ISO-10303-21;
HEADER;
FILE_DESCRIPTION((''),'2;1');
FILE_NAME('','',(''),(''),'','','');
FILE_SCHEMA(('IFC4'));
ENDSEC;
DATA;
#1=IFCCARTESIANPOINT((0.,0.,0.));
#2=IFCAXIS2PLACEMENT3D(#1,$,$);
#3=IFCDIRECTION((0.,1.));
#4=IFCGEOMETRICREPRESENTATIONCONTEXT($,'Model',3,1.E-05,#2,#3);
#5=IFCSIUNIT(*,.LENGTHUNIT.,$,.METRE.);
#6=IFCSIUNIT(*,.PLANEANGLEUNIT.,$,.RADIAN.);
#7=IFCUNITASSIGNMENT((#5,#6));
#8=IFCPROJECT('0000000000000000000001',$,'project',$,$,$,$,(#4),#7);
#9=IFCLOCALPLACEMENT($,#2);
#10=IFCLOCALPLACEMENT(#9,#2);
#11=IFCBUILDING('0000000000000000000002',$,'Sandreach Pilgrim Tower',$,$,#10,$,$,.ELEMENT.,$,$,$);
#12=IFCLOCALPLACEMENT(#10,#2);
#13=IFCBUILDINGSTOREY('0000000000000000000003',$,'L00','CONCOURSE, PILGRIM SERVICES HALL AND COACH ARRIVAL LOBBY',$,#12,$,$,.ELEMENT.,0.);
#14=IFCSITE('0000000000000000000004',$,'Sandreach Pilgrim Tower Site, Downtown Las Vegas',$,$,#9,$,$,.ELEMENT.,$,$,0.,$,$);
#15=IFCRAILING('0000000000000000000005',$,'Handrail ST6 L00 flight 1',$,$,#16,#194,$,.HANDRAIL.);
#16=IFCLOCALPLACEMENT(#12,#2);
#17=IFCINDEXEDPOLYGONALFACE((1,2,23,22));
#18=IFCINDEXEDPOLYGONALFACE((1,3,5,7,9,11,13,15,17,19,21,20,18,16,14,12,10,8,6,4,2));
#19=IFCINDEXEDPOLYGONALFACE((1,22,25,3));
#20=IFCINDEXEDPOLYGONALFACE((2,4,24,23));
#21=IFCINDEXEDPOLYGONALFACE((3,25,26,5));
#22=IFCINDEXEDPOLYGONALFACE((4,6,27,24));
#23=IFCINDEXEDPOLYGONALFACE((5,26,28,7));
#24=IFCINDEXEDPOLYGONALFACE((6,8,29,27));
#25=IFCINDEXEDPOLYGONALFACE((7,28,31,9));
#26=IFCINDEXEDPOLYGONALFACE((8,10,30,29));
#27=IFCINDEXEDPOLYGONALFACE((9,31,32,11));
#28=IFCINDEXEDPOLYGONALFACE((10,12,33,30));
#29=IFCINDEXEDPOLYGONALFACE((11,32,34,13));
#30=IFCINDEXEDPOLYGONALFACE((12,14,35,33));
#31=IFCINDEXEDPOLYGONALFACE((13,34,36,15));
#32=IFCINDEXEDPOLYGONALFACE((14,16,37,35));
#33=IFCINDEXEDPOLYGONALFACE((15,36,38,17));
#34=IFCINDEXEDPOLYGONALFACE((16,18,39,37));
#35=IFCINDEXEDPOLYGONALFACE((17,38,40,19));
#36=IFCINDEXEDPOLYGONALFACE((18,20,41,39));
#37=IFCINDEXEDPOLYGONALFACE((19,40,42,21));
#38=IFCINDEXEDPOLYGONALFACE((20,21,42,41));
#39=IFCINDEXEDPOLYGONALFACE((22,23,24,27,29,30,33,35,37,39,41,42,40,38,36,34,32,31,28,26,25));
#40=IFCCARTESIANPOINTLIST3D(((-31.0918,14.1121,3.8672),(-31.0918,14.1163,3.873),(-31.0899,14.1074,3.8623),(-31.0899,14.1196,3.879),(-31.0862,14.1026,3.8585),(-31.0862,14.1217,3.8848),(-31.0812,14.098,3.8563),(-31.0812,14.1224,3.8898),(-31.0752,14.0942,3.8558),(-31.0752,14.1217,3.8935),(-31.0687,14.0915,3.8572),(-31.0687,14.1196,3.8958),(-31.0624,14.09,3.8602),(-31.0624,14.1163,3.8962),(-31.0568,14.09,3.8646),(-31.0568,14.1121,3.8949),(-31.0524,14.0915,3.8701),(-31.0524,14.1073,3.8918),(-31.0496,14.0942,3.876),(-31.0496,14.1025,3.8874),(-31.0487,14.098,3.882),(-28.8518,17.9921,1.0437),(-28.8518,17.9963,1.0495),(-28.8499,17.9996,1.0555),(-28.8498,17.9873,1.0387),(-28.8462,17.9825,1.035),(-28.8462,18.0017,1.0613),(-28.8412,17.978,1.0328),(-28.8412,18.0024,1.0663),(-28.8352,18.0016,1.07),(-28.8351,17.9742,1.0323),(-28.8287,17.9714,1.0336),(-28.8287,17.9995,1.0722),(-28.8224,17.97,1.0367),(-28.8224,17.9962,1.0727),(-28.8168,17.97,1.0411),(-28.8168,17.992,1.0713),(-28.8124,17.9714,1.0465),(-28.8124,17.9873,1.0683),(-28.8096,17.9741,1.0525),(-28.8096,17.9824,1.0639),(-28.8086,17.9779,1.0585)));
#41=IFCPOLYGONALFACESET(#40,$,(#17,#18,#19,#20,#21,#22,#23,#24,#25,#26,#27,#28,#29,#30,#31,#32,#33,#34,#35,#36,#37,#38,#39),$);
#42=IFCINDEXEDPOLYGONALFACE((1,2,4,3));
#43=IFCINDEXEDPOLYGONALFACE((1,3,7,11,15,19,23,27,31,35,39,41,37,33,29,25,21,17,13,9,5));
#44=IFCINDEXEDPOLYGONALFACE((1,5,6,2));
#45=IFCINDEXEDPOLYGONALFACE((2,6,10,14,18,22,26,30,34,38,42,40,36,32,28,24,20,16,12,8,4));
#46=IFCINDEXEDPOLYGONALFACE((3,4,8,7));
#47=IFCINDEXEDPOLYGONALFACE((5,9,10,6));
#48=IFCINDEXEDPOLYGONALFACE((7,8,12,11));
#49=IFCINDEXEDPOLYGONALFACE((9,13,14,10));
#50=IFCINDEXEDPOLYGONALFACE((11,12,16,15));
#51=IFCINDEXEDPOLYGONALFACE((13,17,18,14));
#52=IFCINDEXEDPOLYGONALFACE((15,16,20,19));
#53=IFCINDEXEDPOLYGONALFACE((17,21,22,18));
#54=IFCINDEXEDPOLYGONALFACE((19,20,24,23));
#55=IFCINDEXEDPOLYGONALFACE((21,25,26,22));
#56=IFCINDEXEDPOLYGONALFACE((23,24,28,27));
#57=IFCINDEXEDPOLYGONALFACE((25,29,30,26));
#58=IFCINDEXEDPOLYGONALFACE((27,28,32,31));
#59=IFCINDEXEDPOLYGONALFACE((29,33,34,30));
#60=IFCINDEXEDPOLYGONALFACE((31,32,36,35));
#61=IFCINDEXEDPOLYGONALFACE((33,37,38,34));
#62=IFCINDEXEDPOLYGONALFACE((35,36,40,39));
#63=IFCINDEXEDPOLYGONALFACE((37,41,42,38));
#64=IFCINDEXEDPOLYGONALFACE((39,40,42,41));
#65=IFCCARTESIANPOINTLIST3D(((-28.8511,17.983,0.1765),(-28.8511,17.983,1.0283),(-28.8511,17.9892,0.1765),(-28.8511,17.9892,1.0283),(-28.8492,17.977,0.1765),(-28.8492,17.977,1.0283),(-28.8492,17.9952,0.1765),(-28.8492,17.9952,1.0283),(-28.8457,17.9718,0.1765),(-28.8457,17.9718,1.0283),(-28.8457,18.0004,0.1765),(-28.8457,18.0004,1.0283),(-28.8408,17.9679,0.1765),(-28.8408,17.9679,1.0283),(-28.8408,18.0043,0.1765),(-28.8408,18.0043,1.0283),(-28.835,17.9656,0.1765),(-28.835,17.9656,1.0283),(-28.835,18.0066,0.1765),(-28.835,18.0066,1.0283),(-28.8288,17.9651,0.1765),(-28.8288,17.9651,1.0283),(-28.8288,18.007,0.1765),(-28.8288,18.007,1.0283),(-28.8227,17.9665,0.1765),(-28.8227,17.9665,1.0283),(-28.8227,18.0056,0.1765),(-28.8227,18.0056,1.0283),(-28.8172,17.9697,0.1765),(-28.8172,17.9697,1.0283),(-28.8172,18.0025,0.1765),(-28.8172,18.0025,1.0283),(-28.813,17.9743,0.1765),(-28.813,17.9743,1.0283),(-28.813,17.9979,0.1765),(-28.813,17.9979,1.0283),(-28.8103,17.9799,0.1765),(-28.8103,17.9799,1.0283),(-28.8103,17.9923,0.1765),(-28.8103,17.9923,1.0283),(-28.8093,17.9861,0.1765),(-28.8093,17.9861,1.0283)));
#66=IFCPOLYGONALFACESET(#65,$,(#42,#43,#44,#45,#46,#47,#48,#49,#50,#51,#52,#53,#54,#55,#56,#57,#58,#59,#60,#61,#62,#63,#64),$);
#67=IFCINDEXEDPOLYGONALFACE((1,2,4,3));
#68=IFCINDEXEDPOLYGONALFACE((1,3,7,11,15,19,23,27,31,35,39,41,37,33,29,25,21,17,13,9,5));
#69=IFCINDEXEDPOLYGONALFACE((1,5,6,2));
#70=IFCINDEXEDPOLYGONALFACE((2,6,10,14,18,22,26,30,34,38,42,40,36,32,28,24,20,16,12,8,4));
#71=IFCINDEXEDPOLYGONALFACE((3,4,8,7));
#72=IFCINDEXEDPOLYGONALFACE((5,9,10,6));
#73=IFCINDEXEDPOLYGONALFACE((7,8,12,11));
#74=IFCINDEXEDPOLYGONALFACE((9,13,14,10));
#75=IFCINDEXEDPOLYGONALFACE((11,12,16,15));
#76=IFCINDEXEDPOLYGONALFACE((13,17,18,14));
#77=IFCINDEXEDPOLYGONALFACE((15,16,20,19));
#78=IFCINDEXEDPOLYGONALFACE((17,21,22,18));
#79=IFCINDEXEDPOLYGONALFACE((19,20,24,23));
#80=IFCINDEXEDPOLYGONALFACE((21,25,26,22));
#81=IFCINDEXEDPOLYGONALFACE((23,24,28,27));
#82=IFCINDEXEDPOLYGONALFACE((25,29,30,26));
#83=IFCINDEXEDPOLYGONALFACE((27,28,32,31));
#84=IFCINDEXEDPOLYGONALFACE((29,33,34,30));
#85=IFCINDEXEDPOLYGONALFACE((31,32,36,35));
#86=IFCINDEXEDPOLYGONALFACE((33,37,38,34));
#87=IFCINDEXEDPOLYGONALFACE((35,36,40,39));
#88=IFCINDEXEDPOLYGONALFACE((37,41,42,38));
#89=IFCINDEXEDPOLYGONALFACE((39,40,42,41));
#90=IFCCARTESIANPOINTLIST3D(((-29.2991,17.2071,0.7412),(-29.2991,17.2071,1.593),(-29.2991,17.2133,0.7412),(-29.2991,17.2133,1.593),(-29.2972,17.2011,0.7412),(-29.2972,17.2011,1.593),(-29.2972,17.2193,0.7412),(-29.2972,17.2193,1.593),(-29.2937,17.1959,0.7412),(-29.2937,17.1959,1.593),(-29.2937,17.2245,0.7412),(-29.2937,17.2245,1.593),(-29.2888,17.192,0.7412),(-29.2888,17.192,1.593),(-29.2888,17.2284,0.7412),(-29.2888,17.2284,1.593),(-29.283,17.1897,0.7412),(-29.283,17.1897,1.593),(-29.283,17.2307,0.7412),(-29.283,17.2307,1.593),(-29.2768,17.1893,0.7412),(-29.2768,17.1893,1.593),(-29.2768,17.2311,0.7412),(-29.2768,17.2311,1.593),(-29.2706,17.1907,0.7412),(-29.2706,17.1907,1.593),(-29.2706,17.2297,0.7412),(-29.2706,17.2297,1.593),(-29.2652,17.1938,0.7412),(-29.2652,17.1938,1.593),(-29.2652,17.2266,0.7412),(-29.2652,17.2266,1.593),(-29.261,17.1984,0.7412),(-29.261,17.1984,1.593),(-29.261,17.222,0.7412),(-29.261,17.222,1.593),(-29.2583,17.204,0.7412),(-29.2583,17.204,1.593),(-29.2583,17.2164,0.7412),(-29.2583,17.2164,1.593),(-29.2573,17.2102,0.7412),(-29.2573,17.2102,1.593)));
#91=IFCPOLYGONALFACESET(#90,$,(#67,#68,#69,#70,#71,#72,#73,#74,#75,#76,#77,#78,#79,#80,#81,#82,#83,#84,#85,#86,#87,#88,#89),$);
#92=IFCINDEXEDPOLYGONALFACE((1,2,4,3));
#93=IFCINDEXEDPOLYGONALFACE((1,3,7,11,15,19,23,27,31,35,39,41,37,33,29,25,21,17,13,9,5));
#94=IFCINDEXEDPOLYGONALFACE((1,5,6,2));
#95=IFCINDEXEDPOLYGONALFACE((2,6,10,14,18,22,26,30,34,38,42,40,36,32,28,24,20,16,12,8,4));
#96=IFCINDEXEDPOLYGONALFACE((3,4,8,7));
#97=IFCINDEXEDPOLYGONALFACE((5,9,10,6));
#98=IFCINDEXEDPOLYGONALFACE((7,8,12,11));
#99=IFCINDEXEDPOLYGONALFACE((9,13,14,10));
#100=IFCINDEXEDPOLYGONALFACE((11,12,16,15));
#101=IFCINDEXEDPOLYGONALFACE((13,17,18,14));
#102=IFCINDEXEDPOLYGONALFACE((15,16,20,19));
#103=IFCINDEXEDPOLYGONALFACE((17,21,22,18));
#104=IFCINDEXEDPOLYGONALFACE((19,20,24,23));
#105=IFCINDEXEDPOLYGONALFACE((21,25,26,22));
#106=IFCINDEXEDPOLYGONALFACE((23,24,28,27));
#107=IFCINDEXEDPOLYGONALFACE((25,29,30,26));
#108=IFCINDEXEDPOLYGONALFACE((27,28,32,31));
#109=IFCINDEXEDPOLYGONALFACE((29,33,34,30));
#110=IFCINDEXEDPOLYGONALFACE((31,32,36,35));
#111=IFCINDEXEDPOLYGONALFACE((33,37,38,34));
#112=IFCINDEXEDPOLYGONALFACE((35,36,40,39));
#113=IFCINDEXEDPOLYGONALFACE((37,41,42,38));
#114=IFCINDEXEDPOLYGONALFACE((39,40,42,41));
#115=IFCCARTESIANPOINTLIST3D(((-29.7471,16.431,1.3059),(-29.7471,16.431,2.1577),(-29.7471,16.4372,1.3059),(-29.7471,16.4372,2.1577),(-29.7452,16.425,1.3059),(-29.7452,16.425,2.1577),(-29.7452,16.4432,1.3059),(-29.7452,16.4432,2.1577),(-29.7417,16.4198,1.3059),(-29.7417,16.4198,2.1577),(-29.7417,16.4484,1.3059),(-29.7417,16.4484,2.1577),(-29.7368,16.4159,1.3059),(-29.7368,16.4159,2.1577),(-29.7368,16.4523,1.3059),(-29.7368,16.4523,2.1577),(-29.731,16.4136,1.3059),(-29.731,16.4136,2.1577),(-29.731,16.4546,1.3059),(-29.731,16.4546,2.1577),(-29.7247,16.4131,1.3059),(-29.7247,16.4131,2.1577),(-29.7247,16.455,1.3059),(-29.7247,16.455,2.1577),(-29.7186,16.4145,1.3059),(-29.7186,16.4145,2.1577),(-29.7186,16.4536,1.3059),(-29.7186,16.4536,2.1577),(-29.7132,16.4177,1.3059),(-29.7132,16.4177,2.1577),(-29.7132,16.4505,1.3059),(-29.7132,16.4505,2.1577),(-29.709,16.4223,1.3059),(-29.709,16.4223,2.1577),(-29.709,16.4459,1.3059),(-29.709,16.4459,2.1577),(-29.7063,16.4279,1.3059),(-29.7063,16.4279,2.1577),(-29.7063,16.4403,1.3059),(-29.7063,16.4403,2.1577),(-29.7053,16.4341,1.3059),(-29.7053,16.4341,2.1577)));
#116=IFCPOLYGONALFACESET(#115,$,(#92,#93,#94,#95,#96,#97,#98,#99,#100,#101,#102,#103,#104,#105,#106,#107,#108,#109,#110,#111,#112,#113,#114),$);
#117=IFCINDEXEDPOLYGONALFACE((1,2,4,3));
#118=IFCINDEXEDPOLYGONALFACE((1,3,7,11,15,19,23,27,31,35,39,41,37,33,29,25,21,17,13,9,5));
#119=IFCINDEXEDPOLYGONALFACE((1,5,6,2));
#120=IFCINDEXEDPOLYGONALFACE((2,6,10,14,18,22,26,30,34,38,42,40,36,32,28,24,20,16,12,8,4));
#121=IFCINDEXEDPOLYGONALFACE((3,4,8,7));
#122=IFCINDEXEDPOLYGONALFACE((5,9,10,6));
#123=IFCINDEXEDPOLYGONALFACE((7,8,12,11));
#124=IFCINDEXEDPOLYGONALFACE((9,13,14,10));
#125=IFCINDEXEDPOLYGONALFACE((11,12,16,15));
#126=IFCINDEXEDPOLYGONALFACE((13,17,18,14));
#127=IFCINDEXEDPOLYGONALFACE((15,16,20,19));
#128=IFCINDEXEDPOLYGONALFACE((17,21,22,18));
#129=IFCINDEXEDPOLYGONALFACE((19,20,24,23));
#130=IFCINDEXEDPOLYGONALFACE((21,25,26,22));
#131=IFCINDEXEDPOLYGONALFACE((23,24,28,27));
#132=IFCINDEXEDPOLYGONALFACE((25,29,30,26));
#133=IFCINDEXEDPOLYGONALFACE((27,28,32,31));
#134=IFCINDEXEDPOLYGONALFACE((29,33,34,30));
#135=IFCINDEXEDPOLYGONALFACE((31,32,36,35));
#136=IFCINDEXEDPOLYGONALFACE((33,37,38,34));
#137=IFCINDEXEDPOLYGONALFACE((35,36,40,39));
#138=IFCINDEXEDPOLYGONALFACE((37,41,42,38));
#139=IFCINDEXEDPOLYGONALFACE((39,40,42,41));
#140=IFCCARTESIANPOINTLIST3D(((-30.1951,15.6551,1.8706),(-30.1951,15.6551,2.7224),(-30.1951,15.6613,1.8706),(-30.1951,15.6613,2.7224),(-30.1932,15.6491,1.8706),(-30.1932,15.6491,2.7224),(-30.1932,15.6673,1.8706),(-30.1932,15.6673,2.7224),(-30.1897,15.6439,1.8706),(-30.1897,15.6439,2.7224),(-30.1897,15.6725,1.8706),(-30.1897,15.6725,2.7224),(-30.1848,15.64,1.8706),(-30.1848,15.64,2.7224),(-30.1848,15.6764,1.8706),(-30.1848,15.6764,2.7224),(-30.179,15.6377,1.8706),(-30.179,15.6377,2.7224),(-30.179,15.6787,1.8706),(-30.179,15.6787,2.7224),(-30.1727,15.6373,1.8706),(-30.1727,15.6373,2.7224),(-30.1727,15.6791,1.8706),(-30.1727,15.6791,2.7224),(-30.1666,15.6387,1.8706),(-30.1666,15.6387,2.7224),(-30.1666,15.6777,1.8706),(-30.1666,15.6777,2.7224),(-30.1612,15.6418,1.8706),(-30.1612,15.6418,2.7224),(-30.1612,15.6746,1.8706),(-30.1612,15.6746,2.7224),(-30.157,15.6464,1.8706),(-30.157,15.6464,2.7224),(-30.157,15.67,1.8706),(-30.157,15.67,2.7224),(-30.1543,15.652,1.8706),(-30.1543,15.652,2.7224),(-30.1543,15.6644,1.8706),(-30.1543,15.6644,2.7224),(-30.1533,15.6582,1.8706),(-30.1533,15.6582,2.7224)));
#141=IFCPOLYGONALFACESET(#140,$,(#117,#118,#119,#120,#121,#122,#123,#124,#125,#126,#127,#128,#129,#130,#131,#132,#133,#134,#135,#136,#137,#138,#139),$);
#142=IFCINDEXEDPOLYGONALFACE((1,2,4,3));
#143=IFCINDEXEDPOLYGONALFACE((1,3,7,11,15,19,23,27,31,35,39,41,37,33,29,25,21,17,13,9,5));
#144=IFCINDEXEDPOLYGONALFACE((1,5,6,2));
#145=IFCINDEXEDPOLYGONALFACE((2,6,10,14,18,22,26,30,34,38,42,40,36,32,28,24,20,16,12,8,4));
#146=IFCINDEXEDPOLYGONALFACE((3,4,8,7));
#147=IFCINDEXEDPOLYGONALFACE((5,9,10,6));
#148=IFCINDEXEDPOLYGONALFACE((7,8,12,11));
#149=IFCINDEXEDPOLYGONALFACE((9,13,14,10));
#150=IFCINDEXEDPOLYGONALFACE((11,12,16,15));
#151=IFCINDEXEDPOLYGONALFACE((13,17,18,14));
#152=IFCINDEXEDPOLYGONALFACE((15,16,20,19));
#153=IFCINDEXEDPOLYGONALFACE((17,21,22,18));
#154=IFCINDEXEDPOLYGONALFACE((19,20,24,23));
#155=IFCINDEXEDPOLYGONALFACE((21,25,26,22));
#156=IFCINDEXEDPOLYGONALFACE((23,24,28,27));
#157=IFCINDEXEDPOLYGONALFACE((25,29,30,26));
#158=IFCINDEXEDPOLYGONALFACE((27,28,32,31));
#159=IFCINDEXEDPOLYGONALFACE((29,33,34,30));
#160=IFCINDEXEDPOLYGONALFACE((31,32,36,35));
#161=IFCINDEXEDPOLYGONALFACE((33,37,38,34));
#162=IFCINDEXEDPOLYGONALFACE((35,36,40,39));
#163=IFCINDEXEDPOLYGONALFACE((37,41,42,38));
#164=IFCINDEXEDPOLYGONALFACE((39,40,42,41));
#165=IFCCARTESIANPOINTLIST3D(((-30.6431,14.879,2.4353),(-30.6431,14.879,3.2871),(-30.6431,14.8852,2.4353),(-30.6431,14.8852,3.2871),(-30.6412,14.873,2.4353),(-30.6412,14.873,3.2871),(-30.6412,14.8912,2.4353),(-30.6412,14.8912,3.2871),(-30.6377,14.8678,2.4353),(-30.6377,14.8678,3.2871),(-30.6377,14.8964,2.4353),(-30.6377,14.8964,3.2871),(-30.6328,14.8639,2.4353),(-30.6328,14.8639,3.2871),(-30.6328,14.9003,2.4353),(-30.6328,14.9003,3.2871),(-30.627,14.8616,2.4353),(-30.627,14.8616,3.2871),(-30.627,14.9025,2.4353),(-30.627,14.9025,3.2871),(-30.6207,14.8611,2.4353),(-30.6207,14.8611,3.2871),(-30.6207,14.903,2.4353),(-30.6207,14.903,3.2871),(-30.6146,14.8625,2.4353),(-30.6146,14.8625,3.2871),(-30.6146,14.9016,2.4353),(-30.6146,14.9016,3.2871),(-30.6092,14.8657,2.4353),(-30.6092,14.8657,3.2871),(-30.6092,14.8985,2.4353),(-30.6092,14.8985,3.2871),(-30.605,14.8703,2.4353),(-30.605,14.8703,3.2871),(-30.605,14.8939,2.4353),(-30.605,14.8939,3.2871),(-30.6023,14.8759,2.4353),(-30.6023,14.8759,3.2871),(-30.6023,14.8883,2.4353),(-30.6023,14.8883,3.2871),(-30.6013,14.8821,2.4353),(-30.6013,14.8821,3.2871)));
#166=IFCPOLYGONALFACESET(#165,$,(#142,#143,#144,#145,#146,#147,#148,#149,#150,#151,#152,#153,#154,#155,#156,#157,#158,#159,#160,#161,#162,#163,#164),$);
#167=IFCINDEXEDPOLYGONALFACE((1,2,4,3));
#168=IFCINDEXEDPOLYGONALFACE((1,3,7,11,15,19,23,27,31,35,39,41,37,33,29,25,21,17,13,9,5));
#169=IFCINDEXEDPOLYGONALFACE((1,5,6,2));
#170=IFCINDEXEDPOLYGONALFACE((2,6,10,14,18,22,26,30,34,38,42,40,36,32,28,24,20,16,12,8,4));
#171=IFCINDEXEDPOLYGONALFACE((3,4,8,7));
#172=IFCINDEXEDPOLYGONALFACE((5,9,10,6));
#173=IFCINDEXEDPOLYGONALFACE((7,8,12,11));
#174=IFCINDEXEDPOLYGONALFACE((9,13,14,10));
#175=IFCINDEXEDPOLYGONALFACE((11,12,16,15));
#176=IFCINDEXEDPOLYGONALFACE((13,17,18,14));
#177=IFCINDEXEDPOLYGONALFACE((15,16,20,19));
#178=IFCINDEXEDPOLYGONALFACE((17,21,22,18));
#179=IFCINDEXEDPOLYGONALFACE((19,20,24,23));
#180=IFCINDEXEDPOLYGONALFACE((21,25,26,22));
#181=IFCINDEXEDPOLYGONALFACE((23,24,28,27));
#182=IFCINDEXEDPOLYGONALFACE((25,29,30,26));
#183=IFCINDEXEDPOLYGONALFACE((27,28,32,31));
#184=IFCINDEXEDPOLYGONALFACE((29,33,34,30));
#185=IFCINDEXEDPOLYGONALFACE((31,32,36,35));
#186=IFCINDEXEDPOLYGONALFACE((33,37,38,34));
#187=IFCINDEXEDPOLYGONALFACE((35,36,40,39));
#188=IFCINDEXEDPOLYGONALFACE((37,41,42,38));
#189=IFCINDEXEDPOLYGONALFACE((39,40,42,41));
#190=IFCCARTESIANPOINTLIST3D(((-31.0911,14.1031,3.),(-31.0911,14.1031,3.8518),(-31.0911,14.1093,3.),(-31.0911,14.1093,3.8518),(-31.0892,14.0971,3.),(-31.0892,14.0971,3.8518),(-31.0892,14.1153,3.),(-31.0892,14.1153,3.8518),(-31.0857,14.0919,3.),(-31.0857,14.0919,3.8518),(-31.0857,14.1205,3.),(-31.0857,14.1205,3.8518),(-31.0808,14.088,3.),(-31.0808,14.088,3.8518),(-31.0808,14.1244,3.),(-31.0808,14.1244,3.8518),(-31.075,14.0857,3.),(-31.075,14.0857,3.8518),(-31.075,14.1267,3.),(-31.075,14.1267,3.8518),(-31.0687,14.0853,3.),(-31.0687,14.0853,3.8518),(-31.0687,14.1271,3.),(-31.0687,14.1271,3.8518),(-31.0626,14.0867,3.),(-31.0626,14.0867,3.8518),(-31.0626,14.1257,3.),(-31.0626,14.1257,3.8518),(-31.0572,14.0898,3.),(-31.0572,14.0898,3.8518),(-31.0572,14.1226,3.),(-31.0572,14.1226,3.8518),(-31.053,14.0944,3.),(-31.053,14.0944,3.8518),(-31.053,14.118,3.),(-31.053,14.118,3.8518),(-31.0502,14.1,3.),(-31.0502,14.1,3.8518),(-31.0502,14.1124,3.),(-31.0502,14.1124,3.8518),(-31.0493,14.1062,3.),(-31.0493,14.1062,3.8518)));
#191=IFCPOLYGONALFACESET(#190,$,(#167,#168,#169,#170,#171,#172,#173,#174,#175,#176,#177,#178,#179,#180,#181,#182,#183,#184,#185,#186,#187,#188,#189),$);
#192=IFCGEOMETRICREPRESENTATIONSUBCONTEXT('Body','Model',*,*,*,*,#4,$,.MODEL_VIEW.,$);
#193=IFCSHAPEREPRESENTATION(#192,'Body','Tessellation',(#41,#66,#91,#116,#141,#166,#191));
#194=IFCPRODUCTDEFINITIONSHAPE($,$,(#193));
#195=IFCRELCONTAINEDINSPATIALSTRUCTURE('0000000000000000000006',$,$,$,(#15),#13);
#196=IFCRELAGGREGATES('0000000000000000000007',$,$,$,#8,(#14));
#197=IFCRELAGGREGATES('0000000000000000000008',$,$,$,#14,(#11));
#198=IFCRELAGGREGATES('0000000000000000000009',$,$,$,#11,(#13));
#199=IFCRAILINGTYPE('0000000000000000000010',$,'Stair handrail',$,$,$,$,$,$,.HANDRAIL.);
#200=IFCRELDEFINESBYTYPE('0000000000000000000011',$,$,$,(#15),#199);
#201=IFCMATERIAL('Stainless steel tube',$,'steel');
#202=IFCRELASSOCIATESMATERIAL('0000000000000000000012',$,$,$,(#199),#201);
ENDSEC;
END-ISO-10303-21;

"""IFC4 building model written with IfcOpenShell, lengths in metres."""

from ifc_helpers import new_model, si_unit, direction, frame, origin, origin_2d, place, context, subcontext, project, spatial, circle, extrude, material, type_object, element, save


model = new_model("IFC4")

# Units and contexts
model_context = context("Model", 3, precision=1e-05, world=origin(), true_north=direction((0.0, 1.0)))
body_context = subcontext(model_context, "Body", "Model", "MODEL_VIEW")
ifc_project = project(units=[si_unit("LENGTHUNIT", "METRE"), si_unit("PLANEANGLEUNIT", "RADIAN")], contexts=[model_context])

# Site, building, storey
site_placement = place(None, origin())
site = spatial("IfcSite", under=ifc_project, at=site_placement, Name="Sandreach Pilgrim Tower Site, Downtown Las Vegas", CompositionType="ELEMENT", RefElevation=0.0)
building_placement = place(site_placement, origin())
building = spatial("IfcBuilding", under=site, at=building_placement, Name="Sandreach Pilgrim Tower", CompositionType="ELEMENT")
storey_placement = place(building_placement, origin())
storey = spatial("IfcBuildingStorey", under=building, at=storey_placement, Name="L00", Description="CONCOURSE, PILGRIM SERVICES HALL AND COACH ARRIVAL LOBBY", CompositionType="ELEMENT", Elevation=0.0)

# Railing
ifc_material_1 = material(Name="Stainless steel tube", Category="steel")
railing_type = type_object("IfcRailingType", Name="Stair handrail", PredefinedType="HANDRAIL", material=ifc_material_1)
railing_placement = place(storey_placement, frame((-28.8303, 17.9861, 0.1765)))
element("IfcRailing", 1, at=railing_placement, inside=storey, type_object=railing_type, Name="Handrail ST6 L00 flight 1", PredefinedType="HANDRAIL", context=body_context, shape_type="SweptSolid", body=[
    extrude(circle(Radius=0.0239, at=origin_2d()), frame((0.0, 0.0, 0.876), z_axis=(-0.422993, -0.732665, 0.533178), x_axis=(0.866031, -0.49999, 0.0)), (0.0, 0.0, 1.0), 5.2957),
    extrude(circle(Radius=0.021, at=origin_2d()), origin(), (0.0, 0.0, 1.0), 0.8518),
    extrude(circle(Radius=0.021, at=origin_2d()), frame((-0.448, -0.7759, 0.5647)), (0.0, 0.0, 1.0), 0.8518),
    extrude(circle(Radius=0.021, at=origin_2d()), frame((-0.896, -1.552, 1.1294)), (0.0, 0.0, 1.0), 0.8518),
    extrude(circle(Radius=0.021, at=origin_2d()), frame((-1.344, -2.3279, 1.6941)), (0.0, 0.0, 1.0), 0.8518),
    extrude(circle(Radius=0.021, at=origin_2d()), frame((-1.792, -3.104, 2.2588)), (0.0, 0.0, 1.0), 0.8518),
    extrude(circle(Radius=0.021, at=origin_2d()), frame((-2.24, -3.8799, 2.8235)), (0.0, 0.0, 1.0), 0.8518),
])

save(model, "model.ifc")
